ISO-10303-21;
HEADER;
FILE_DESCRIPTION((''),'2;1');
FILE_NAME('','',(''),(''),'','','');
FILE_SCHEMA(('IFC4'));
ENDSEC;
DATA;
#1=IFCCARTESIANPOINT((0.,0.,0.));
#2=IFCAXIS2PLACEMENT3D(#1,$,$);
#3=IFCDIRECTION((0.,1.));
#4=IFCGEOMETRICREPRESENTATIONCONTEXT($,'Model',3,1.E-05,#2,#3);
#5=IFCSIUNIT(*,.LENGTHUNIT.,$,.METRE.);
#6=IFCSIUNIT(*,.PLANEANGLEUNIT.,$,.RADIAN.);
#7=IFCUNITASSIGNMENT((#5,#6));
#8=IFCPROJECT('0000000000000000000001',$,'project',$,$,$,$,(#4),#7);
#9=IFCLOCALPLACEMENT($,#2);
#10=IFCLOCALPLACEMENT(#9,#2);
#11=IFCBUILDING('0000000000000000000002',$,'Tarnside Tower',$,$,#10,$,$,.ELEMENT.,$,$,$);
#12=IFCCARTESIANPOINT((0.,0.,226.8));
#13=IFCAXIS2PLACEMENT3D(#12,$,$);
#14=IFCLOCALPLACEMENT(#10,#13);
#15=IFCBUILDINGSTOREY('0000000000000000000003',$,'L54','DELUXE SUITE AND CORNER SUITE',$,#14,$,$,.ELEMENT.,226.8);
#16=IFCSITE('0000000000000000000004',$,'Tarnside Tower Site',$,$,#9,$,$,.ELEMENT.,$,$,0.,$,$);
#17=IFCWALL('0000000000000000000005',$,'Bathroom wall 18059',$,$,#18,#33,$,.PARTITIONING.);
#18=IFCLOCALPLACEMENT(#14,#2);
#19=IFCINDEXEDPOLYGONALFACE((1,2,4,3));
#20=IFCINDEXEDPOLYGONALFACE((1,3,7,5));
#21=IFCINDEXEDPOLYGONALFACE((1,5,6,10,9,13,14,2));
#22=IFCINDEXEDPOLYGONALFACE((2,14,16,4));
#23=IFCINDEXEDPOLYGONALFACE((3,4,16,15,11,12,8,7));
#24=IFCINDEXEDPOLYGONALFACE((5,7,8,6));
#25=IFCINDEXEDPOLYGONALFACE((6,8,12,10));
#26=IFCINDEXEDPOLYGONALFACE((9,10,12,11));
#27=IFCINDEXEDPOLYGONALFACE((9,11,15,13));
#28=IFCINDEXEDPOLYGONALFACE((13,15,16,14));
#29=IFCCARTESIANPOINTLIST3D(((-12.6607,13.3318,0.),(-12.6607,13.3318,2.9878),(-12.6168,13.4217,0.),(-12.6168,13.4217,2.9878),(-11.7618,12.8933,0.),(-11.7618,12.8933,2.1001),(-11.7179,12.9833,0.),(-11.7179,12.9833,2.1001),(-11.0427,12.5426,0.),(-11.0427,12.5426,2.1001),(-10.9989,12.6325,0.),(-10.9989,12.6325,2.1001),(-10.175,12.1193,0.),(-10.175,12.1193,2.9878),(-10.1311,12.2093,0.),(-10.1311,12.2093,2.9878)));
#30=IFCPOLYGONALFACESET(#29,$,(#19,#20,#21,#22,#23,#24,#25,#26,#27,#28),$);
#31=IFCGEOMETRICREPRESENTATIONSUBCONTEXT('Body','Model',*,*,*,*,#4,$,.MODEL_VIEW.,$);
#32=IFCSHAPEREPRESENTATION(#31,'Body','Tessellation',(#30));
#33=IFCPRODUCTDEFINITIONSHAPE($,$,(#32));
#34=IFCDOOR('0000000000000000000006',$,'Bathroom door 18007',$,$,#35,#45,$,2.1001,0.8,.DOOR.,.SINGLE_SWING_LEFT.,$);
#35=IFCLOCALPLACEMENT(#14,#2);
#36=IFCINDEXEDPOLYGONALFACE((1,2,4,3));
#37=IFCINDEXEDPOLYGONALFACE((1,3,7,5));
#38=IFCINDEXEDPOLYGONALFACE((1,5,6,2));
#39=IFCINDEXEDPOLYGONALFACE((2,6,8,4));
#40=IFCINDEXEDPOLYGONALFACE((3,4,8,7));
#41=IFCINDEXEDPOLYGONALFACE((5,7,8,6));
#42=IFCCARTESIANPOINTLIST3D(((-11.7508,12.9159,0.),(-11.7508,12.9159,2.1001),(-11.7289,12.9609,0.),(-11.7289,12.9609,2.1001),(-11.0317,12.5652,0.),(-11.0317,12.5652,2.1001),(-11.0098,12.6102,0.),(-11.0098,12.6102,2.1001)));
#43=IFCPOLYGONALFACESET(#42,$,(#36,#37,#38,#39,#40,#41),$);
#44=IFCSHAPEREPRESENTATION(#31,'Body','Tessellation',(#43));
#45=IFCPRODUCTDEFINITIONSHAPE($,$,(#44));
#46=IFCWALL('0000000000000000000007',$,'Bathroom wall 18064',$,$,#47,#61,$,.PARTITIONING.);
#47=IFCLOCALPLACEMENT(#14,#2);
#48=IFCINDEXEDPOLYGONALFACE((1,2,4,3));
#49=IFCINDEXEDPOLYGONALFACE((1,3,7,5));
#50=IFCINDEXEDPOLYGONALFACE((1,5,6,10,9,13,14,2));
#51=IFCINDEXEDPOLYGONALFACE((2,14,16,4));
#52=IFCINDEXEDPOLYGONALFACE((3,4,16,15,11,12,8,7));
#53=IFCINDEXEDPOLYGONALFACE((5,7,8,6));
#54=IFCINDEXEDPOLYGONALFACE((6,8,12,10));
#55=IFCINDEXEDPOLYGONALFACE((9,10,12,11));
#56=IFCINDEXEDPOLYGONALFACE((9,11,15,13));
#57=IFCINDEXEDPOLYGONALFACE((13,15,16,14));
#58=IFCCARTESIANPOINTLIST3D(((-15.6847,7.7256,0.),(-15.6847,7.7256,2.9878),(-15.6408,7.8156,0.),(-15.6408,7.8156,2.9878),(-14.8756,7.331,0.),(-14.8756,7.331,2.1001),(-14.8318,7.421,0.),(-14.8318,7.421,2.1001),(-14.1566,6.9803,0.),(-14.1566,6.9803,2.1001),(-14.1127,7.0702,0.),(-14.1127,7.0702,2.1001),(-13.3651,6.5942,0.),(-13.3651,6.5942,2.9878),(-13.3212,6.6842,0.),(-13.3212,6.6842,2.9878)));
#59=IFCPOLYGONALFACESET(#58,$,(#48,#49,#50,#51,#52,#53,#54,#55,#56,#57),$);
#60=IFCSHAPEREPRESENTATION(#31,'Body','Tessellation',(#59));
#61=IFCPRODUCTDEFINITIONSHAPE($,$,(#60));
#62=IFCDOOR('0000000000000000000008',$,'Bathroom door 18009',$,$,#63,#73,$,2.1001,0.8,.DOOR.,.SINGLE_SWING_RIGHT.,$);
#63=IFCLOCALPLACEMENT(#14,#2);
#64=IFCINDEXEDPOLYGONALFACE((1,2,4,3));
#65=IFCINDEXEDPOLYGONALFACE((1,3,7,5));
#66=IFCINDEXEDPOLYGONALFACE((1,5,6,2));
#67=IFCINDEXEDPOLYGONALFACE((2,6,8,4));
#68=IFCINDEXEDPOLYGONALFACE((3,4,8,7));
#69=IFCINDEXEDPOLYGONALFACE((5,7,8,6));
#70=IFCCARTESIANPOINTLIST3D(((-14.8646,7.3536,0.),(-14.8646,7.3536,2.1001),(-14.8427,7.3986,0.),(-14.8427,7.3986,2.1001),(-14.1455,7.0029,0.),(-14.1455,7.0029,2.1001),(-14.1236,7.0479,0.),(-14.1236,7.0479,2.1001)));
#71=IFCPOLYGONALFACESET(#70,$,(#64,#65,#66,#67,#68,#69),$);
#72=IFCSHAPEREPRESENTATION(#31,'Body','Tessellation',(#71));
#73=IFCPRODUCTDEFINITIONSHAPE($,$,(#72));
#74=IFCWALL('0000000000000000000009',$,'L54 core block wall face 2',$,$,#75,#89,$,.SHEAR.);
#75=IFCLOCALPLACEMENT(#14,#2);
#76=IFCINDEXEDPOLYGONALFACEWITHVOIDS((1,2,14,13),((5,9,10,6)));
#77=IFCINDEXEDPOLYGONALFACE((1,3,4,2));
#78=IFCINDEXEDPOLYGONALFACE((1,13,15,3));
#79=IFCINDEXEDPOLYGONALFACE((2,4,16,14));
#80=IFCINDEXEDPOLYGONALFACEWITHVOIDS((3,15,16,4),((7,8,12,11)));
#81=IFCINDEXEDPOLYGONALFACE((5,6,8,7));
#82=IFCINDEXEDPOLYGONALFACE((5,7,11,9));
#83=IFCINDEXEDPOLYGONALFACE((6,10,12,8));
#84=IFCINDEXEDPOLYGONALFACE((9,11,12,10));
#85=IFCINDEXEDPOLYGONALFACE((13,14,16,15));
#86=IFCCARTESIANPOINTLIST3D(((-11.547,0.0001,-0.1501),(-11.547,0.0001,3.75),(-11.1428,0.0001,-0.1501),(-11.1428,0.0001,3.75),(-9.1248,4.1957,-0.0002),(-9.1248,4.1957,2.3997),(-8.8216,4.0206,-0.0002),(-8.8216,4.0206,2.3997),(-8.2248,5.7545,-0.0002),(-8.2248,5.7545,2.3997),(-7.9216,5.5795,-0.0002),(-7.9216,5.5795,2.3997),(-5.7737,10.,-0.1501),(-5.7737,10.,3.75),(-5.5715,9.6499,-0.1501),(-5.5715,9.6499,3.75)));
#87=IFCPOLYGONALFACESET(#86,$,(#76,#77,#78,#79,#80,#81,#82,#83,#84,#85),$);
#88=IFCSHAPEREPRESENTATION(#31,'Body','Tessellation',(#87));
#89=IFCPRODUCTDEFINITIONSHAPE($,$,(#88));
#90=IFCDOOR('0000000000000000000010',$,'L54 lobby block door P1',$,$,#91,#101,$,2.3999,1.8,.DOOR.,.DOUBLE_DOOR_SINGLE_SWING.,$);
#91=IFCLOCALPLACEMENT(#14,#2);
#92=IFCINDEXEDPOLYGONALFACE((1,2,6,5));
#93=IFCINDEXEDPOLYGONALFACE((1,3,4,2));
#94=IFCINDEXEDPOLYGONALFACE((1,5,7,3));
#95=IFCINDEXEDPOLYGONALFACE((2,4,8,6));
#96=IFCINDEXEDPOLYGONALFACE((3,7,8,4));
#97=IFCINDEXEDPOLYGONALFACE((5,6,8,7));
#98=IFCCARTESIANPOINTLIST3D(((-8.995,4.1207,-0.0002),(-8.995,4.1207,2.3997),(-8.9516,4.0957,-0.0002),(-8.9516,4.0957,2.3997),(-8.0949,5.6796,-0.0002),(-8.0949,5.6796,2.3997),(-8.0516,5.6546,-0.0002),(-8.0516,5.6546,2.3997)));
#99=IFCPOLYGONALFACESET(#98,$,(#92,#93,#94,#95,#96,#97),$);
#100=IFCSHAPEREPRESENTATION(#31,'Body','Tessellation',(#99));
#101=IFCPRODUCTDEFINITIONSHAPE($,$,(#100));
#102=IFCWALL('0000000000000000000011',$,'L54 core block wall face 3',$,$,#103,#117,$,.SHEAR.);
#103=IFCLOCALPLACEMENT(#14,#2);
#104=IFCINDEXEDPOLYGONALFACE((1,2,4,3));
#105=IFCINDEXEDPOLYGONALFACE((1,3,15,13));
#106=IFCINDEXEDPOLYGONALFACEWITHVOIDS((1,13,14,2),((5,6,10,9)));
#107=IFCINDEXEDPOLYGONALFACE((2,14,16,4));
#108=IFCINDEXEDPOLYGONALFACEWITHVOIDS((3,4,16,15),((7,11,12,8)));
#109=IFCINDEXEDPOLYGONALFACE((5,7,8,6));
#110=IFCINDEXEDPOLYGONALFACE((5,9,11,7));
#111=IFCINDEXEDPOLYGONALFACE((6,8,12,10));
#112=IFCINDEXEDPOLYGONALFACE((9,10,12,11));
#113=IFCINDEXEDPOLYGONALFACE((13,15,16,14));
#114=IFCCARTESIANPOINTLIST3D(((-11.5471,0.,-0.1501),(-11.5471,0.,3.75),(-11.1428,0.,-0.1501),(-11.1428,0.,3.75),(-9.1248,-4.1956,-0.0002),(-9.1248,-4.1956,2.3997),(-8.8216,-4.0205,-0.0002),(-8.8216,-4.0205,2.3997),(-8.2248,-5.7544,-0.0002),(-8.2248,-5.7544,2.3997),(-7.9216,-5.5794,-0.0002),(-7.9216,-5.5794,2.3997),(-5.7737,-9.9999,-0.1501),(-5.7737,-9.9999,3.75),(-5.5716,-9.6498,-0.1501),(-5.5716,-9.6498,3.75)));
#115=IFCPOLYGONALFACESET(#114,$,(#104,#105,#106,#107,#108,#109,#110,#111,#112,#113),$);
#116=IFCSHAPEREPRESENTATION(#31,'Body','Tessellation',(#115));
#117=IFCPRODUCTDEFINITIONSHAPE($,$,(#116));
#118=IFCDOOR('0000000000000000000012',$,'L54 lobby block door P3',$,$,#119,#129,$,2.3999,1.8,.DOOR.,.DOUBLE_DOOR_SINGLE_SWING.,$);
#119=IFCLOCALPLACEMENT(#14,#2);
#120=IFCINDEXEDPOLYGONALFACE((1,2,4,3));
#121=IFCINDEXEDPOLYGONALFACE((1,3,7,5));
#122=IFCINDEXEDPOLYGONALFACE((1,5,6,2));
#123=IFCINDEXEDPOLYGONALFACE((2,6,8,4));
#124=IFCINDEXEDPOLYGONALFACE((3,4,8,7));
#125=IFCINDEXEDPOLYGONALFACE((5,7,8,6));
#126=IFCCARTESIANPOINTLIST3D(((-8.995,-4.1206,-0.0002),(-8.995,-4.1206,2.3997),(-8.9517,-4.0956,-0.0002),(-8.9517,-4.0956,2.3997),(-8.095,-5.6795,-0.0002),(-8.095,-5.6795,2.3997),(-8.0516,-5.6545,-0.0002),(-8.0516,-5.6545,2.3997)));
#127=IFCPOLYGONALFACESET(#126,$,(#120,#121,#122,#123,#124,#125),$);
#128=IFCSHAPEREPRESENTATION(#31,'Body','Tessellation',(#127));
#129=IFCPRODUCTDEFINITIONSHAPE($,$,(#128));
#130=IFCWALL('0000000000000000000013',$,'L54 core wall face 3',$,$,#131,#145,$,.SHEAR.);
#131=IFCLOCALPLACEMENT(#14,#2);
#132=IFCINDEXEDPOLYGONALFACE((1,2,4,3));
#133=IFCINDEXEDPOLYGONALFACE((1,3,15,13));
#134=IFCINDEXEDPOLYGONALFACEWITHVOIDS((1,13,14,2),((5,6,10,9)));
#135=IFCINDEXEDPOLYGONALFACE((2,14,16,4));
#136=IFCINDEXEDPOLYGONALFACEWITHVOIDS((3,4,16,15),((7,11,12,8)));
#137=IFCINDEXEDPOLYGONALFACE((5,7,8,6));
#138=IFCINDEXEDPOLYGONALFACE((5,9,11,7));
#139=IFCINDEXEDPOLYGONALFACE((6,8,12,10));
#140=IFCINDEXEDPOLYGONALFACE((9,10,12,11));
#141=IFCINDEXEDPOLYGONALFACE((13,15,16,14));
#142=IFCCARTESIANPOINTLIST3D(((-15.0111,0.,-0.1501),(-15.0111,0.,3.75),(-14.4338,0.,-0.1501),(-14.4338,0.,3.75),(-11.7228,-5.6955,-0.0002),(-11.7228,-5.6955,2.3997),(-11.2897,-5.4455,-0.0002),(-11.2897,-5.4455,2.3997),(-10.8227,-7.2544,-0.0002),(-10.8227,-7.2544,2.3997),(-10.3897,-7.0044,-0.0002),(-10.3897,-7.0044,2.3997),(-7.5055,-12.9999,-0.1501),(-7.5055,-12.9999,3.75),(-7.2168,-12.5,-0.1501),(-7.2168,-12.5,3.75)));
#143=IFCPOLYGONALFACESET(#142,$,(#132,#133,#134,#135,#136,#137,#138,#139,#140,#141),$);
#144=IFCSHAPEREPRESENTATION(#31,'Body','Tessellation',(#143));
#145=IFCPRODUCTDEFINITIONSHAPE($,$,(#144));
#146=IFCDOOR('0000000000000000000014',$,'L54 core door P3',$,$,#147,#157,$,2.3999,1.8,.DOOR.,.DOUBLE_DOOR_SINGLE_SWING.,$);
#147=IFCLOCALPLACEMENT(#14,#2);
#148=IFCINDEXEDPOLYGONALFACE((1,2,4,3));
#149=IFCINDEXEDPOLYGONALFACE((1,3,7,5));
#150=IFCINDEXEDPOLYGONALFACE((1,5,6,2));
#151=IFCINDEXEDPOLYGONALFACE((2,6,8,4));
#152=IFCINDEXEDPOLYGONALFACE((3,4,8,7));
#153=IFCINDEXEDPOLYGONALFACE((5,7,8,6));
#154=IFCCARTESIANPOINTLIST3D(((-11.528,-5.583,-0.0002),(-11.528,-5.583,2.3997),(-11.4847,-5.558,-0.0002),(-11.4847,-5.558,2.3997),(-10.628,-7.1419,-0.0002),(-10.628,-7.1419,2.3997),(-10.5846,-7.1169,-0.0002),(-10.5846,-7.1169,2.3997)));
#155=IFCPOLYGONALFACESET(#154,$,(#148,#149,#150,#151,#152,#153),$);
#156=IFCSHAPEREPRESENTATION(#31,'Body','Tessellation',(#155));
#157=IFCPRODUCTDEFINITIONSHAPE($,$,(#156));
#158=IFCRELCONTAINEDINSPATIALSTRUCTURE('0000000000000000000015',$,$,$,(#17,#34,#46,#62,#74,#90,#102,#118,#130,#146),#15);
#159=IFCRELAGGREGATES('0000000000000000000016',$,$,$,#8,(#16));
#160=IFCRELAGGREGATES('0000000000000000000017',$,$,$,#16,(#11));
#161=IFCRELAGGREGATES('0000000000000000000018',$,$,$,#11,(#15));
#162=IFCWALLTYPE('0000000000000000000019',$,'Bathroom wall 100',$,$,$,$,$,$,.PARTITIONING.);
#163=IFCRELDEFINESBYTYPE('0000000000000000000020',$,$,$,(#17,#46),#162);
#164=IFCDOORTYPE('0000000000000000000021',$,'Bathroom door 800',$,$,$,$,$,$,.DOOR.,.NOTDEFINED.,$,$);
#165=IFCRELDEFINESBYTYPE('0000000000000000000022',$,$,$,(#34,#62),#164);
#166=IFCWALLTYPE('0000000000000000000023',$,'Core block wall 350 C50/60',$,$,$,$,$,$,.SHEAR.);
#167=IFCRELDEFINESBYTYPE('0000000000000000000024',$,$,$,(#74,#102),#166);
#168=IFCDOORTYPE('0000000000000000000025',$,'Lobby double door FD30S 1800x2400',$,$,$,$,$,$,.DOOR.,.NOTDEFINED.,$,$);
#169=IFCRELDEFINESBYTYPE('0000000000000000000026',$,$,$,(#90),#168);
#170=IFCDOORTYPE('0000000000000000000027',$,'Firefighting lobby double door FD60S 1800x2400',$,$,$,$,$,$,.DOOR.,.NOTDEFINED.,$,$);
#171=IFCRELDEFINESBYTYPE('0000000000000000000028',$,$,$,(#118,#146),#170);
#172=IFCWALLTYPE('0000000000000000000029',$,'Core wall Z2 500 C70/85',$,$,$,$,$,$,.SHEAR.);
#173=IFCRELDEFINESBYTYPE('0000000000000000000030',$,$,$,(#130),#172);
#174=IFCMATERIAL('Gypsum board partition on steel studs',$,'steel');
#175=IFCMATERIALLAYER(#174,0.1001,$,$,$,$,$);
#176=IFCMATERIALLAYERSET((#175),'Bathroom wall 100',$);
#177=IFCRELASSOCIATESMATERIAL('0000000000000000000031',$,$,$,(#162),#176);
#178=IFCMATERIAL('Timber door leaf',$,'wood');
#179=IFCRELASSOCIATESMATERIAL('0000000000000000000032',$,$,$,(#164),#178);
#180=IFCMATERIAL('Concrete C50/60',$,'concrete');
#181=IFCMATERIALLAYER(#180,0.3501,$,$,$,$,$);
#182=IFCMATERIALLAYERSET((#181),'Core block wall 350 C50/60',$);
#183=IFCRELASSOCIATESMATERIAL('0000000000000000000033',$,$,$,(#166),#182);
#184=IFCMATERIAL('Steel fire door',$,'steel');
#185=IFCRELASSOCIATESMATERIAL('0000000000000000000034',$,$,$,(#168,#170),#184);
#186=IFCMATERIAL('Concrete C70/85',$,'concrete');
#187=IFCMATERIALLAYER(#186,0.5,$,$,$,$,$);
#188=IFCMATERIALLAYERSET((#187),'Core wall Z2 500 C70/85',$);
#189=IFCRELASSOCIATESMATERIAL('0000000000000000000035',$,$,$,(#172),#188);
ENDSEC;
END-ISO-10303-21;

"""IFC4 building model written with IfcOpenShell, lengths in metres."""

from ifc_helpers import new_model, si_unit, direction, frame, frame_2d, origin, place, context, subcontext, project, spatial, polyline, rectangle, outline, extrude, material, layer, layer_set, type_object, element, fill, save


model = new_model("IFC4")

# Units and contexts
model_context = context("Model", 3, precision=1e-05, world=origin(), true_north=direction((0.0, 1.0)))
body_context = subcontext(model_context, "Body", "Model", "MODEL_VIEW")
ifc_project = project(units=[si_unit("LENGTHUNIT", "METRE"), si_unit("PLANEANGLEUNIT", "RADIAN")], contexts=[model_context])

# Site, building, storey
site_placement = place(None, origin())
site = spatial("IfcSite", under=ifc_project, at=site_placement, Name="Tarnside Tower Site", CompositionType="ELEMENT", RefElevation=0.0)
building_placement = place(site_placement, origin())
building = spatial("IfcBuilding", under=site, at=building_placement, Name="Tarnside Tower", CompositionType="ELEMENT")
storey_placement = place(building_placement, frame((0.0, 0.0, 226.8)))
storey = spatial("IfcBuildingStorey", under=building, at=storey_placement, Name="L54", Description="DELUXE SUITE AND CORNER SUITE", CompositionType="ELEMENT", Elevation=226.8)

# Walls, openings, doors
ifc_material_1 = material(Name="Gypsum board partition on steel studs", Category="steel")
ifc_layer_1 = layer(ifc_material_1, 0.1001)
ifc_layer_set_1 = layer_set([ifc_layer_1], Name="Bathroom wall 100")
wall_type_1 = type_object("IfcWallType", Name="Bathroom wall 100", PredefinedType="PARTITIONING", material=ifc_layer_set_1)
wall_1_placement = place(storey_placement, frame((-10.1531, 12.1643, 0.0), z_axis=(0.0, 0.0, 1.0), x_axis=(-0.89878, 0.438399, 0.0)))
wall_1 = element("IfcWall", 1, at=wall_1_placement, inside=storey, type_object=wall_type_1, Name="Bathroom wall 18059", PredefinedType="PARTITIONING", context=body_context, shape_type="SweptSolid", body=[
    extrude(rectangle(XDim=2.7656, YDim=0.1001, at=frame_2d((1.3828, 0.0))), origin(), (0.0, 0.0, 1.0), 2.9878),
])
opening_1_placement = place(wall_1_placement, frame((0.9656, 0.0, 0.0)))
opening_1 = element("IfcOpeningElement", 2, at=opening_1_placement, cuts=wall_1, PredefinedType="OPENING", context=body_context, shape_type="SweptSolid", body=[
    extrude(rectangle(XDim=0.8, YDim=2.1001, at=frame_2d((0.3999, 1.05))), frame((0.0, 0.0601, 0.0), z_axis=(0.0, -1.0, 0.0), x_axis=(1.0, 0.0, 0.0)), (0.0, 0.0, 1.0), 0.1201),
])
ifc_material_2 = material(Name="Timber door leaf", Category="wood")
door_type_1 = type_object("IfcDoorType", Name="Bathroom door 800", OperationType="NOTDEFINED", PredefinedType="DOOR", material=ifc_material_2)
door_1_placement = place(opening_1_placement, origin())
door_1 = element("IfcDoor", 3, at=door_1_placement, inside=storey, type_object=door_type_1, Name="Bathroom door 18007", OperationType="SINGLE_SWING_LEFT", OverallHeight=2.1001, OverallWidth=0.8, PredefinedType="DOOR", context=body_context, shape_type="SweptSolid", body=[
    extrude(rectangle(XDim=0.8, YDim=2.1001, at=frame_2d((0.3999, 1.05))), frame((0.0, 0.0249, 0.0), z_axis=(0.0, -1.0, 0.0), x_axis=(1.0, 0.0, 0.0)), (0.0, 0.0, 1.0), 0.05),
])
fill(opening_1, door_1)
wall_2_placement = place(storey_placement, frame((-13.343, 6.6392, 0.0), z_axis=(0.0, 0.0, 1.0), x_axis=(-0.898792, 0.438375, 0.0)))
wall_2 = element("IfcWall", 4, at=wall_2_placement, inside=storey, type_object=wall_type_1, Name="Bathroom wall 18064", PredefinedType="PARTITIONING", context=body_context, shape_type="SweptSolid", body=[
    extrude(rectangle(XDim=2.5808, YDim=0.1001, at=frame_2d((1.2905, 0.0))), origin(), (0.0, 0.0, 1.0), 2.9878),
])
opening_2_placement = place(wall_2_placement, frame((0.8809, 0.0, 0.0)))
opening_2 = element("IfcOpeningElement", 5, at=opening_2_placement, cuts=wall_2, PredefinedType="OPENING", context=body_context, shape_type="SweptSolid", body=[
    extrude(rectangle(XDim=0.8, YDim=2.1001, at=frame_2d((0.3999, 1.05))), frame((0.0, 0.0601, 0.0), z_axis=(0.0, -1.0, 0.0), x_axis=(1.0, 0.0, 0.0)), (0.0, 0.0, 1.0), 0.1201),
])
door_2_placement = place(opening_2_placement, origin())
door_2 = element("IfcDoor", 6, at=door_2_placement, inside=storey, type_object=door_type_1, Name="Bathroom door 18009", OperationType="SINGLE_SWING_RIGHT", OverallHeight=2.1001, OverallWidth=0.8, PredefinedType="DOOR", context=body_context, shape_type="SweptSolid", body=[
    extrude(rectangle(XDim=0.8, YDim=2.1001, at=frame_2d((0.3999, 1.05))), frame((0.0, 0.0249, 0.0), z_axis=(0.0, -1.0, 0.0), x_axis=(1.0, 0.0, 0.0)), (0.0, 0.0, 1.0), 0.05),
])
fill(opening_2, door_2)
ifc_material_3 = material(Name="Concrete C50/60", Category="concrete")
ifc_layer_2 = layer(ifc_material_3, 0.3501)
ifc_layer_set_2 = layer_set([ifc_layer_2], Name="Core block wall 350 C50/60")
wall_type_2 = type_object("IfcWallType", Name="Core block wall 350 C50/60", PredefinedType="SHEAR", material=ifc_layer_set_2)
wall_3_placement = place(storey_placement, frame((-5.6726, 9.825, -0.1501), z_axis=(0.0, 0.0, 1.0), x_axis=(-0.499995, -0.866028, 0.0)))
wall_3 = element("IfcWall", 7, at=wall_3_placement, inside=storey, type_object=wall_type_2, Name="L54 core block wall face 2", PredefinedType="SHEAR", context=body_context, shape_type="SweptSolid", body=[
    extrude(outline(polyline([(-0.1011, -0.175), (11.4458, -0.175), (11.2437, 0.175), (0.1011, 0.175), (-0.1011, -0.175)])), origin(), (0.0, 0.0, 1.0), 3.9001),
])
opening_3_placement = place(wall_3_placement, frame((4.8013, 0.0, 0.1499)))
opening_3 = element("IfcOpeningElement", 8, at=opening_3_placement, cuts=wall_3, PredefinedType="OPENING", context=body_context, shape_type="SweptSolid", body=[
    extrude(rectangle(XDim=1.8, YDim=2.3999, at=frame_2d((0.8999, 1.2))), frame((0.0, 0.1851, 0.0), z_axis=(0.0, -1.0, 0.0), x_axis=(1.0, 0.0, 0.0)), (0.0, 0.0, 1.0), 0.3701),
])
ifc_material_4 = material(Name="Steel fire door", Category="steel")
door_type_2 = type_object("IfcDoorType", Name="Lobby double door FD30S 1800x2400", OperationType="NOTDEFINED", PredefinedType="DOOR", material=ifc_material_4)
door_3_placement = place(opening_3_placement, origin())
door_3 = element("IfcDoor", 9, at=door_3_placement, inside=storey, type_object=door_type_2, Name="L54 lobby block door P1", OperationType="DOUBLE_DOOR_SINGLE_SWING", OverallHeight=2.3999, OverallWidth=1.8, PredefinedType="DOOR", context=body_context, shape_type="SweptSolid", body=[
    extrude(rectangle(XDim=1.8, YDim=2.3999, at=frame_2d((0.8999, 1.2))), frame((0.0, 0.0249, 0.0), z_axis=(0.0, -1.0, 0.0), x_axis=(1.0, 0.0, 0.0)), (0.0, 0.0, 1.0), 0.05),
])
fill(opening_3, door_3)
wall_4_placement = place(storey_placement, frame((-11.345, 0.0, -0.1501), z_axis=(0.0, 0.0, 1.0), x_axis=(0.499995, -0.866028, 0.0)))
wall_4 = element("IfcWall", 10, at=wall_4_placement, inside=storey, type_object=wall_type_2, Name="L54 core block wall face 3", PredefinedType="SHEAR", context=body_context, shape_type="SweptSolid", body=[
    extrude(outline(polyline([(-0.1011, -0.175), (11.4458, -0.175), (11.2437, 0.175), (0.1011, 0.175), (-0.1011, -0.175)])), origin(), (0.0, 0.0, 1.0), 3.9001),
])
opening_4_placement = place(wall_4_placement, frame((4.7437, 0.0, 0.1499)))
opening_4 = element("IfcOpeningElement", 11, at=opening_4_placement, cuts=wall_4, PredefinedType="OPENING", context=body_context, shape_type="SweptSolid", body=[
    extrude(rectangle(XDim=1.8, YDim=2.3999, at=frame_2d((0.8999, 1.2))), frame((0.0, 0.1851, 0.0), z_axis=(0.0, -1.0, 0.0), x_axis=(1.0, 0.0, 0.0)), (0.0, 0.0, 1.0), 0.3701),
])
door_type_3 = type_object("IfcDoorType", Name="Firefighting lobby double door FD60S 1800x2400", OperationType="NOTDEFINED", PredefinedType="DOOR", material=ifc_material_4)
door_4_placement = place(opening_4_placement, origin())
door_4 = element("IfcDoor", 12, at=door_4_placement, inside=storey, type_object=door_type_3, Name="L54 lobby block door P3", OperationType="DOUBLE_DOOR_SINGLE_SWING", OverallHeight=2.3999, OverallWidth=1.8, PredefinedType="DOOR", context=body_context, shape_type="SweptSolid", body=[
    extrude(rectangle(XDim=1.8, YDim=2.3999, at=frame_2d((0.8999, 1.2))), frame((0.0, 0.0249, 0.0), z_axis=(0.0, -1.0, 0.0), x_axis=(1.0, 0.0, 0.0)), (0.0, 0.0, 1.0), 0.05),
])
fill(opening_4, door_4)
ifc_material_5 = material(Name="Concrete C70/85", Category="concrete")
ifc_layer_3 = layer(ifc_material_5, 0.5)
ifc_layer_set_3 = layer_set([ifc_layer_3], Name="Core wall Z2 500 C70/85")
wall_type_3 = type_object("IfcWallType", Name="Core wall Z2 500 C70/85", PredefinedType="SHEAR", material=ifc_layer_set_3)
wall_5_placement = place(storey_placement, frame((-14.7224, 0.0, -0.1501), z_axis=(0.0, 0.0, 1.0), x_axis=(0.500006, -0.866022, 0.0)))
wall_5 = element("IfcWall", 13, at=wall_5_placement, inside=storey, type_object=wall_type_3, Name="L54 core wall face 3", PredefinedType="SHEAR", context=body_context, shape_type="SweptSolid", body=[
    extrude(outline(polyline([(-0.1443, -0.25), (14.8667, -0.25), (14.5781, 0.25), (0.1443, 0.25), (-0.1443, -0.25)])), origin(), (0.0, 0.0, 1.0), 3.9001),
])
opening_5_placement = place(wall_5_placement, frame((6.4324, 0.0, 0.1499)))
opening_5 = element("IfcOpeningElement", 14, at=opening_5_placement, cuts=wall_5, PredefinedType="OPENING", context=body_context, shape_type="SweptSolid", body=[
    extrude(rectangle(XDim=1.8, YDim=2.3999, at=frame_2d((0.8999, 1.2))), frame((0.0, 0.26, 0.0), z_axis=(0.0, -1.0, 0.0), x_axis=(1.0, 0.0, 0.0)), (0.0, 0.0, 1.0), 0.52),
])
door_5_placement = place(opening_5_placement, origin())
door_5 = element("IfcDoor", 15, at=door_5_placement, inside=storey, type_object=door_type_3, Name="L54 core door P3", OperationType="DOUBLE_DOOR_SINGLE_SWING", OverallHeight=2.3999, OverallWidth=1.8, PredefinedType="DOOR", context=body_context, shape_type="SweptSolid", body=[
    extrude(rectangle(XDim=1.8, YDim=2.3999, at=frame_2d((0.8999, 1.2))), frame((0.0, 0.0249, 0.0), z_axis=(0.0, -1.0, 0.0), x_axis=(1.0, 0.0, 0.0)), (0.0, 0.0, 1.0), 0.05),
])
fill(opening_5, door_5)

save(model, "model.ifc")
